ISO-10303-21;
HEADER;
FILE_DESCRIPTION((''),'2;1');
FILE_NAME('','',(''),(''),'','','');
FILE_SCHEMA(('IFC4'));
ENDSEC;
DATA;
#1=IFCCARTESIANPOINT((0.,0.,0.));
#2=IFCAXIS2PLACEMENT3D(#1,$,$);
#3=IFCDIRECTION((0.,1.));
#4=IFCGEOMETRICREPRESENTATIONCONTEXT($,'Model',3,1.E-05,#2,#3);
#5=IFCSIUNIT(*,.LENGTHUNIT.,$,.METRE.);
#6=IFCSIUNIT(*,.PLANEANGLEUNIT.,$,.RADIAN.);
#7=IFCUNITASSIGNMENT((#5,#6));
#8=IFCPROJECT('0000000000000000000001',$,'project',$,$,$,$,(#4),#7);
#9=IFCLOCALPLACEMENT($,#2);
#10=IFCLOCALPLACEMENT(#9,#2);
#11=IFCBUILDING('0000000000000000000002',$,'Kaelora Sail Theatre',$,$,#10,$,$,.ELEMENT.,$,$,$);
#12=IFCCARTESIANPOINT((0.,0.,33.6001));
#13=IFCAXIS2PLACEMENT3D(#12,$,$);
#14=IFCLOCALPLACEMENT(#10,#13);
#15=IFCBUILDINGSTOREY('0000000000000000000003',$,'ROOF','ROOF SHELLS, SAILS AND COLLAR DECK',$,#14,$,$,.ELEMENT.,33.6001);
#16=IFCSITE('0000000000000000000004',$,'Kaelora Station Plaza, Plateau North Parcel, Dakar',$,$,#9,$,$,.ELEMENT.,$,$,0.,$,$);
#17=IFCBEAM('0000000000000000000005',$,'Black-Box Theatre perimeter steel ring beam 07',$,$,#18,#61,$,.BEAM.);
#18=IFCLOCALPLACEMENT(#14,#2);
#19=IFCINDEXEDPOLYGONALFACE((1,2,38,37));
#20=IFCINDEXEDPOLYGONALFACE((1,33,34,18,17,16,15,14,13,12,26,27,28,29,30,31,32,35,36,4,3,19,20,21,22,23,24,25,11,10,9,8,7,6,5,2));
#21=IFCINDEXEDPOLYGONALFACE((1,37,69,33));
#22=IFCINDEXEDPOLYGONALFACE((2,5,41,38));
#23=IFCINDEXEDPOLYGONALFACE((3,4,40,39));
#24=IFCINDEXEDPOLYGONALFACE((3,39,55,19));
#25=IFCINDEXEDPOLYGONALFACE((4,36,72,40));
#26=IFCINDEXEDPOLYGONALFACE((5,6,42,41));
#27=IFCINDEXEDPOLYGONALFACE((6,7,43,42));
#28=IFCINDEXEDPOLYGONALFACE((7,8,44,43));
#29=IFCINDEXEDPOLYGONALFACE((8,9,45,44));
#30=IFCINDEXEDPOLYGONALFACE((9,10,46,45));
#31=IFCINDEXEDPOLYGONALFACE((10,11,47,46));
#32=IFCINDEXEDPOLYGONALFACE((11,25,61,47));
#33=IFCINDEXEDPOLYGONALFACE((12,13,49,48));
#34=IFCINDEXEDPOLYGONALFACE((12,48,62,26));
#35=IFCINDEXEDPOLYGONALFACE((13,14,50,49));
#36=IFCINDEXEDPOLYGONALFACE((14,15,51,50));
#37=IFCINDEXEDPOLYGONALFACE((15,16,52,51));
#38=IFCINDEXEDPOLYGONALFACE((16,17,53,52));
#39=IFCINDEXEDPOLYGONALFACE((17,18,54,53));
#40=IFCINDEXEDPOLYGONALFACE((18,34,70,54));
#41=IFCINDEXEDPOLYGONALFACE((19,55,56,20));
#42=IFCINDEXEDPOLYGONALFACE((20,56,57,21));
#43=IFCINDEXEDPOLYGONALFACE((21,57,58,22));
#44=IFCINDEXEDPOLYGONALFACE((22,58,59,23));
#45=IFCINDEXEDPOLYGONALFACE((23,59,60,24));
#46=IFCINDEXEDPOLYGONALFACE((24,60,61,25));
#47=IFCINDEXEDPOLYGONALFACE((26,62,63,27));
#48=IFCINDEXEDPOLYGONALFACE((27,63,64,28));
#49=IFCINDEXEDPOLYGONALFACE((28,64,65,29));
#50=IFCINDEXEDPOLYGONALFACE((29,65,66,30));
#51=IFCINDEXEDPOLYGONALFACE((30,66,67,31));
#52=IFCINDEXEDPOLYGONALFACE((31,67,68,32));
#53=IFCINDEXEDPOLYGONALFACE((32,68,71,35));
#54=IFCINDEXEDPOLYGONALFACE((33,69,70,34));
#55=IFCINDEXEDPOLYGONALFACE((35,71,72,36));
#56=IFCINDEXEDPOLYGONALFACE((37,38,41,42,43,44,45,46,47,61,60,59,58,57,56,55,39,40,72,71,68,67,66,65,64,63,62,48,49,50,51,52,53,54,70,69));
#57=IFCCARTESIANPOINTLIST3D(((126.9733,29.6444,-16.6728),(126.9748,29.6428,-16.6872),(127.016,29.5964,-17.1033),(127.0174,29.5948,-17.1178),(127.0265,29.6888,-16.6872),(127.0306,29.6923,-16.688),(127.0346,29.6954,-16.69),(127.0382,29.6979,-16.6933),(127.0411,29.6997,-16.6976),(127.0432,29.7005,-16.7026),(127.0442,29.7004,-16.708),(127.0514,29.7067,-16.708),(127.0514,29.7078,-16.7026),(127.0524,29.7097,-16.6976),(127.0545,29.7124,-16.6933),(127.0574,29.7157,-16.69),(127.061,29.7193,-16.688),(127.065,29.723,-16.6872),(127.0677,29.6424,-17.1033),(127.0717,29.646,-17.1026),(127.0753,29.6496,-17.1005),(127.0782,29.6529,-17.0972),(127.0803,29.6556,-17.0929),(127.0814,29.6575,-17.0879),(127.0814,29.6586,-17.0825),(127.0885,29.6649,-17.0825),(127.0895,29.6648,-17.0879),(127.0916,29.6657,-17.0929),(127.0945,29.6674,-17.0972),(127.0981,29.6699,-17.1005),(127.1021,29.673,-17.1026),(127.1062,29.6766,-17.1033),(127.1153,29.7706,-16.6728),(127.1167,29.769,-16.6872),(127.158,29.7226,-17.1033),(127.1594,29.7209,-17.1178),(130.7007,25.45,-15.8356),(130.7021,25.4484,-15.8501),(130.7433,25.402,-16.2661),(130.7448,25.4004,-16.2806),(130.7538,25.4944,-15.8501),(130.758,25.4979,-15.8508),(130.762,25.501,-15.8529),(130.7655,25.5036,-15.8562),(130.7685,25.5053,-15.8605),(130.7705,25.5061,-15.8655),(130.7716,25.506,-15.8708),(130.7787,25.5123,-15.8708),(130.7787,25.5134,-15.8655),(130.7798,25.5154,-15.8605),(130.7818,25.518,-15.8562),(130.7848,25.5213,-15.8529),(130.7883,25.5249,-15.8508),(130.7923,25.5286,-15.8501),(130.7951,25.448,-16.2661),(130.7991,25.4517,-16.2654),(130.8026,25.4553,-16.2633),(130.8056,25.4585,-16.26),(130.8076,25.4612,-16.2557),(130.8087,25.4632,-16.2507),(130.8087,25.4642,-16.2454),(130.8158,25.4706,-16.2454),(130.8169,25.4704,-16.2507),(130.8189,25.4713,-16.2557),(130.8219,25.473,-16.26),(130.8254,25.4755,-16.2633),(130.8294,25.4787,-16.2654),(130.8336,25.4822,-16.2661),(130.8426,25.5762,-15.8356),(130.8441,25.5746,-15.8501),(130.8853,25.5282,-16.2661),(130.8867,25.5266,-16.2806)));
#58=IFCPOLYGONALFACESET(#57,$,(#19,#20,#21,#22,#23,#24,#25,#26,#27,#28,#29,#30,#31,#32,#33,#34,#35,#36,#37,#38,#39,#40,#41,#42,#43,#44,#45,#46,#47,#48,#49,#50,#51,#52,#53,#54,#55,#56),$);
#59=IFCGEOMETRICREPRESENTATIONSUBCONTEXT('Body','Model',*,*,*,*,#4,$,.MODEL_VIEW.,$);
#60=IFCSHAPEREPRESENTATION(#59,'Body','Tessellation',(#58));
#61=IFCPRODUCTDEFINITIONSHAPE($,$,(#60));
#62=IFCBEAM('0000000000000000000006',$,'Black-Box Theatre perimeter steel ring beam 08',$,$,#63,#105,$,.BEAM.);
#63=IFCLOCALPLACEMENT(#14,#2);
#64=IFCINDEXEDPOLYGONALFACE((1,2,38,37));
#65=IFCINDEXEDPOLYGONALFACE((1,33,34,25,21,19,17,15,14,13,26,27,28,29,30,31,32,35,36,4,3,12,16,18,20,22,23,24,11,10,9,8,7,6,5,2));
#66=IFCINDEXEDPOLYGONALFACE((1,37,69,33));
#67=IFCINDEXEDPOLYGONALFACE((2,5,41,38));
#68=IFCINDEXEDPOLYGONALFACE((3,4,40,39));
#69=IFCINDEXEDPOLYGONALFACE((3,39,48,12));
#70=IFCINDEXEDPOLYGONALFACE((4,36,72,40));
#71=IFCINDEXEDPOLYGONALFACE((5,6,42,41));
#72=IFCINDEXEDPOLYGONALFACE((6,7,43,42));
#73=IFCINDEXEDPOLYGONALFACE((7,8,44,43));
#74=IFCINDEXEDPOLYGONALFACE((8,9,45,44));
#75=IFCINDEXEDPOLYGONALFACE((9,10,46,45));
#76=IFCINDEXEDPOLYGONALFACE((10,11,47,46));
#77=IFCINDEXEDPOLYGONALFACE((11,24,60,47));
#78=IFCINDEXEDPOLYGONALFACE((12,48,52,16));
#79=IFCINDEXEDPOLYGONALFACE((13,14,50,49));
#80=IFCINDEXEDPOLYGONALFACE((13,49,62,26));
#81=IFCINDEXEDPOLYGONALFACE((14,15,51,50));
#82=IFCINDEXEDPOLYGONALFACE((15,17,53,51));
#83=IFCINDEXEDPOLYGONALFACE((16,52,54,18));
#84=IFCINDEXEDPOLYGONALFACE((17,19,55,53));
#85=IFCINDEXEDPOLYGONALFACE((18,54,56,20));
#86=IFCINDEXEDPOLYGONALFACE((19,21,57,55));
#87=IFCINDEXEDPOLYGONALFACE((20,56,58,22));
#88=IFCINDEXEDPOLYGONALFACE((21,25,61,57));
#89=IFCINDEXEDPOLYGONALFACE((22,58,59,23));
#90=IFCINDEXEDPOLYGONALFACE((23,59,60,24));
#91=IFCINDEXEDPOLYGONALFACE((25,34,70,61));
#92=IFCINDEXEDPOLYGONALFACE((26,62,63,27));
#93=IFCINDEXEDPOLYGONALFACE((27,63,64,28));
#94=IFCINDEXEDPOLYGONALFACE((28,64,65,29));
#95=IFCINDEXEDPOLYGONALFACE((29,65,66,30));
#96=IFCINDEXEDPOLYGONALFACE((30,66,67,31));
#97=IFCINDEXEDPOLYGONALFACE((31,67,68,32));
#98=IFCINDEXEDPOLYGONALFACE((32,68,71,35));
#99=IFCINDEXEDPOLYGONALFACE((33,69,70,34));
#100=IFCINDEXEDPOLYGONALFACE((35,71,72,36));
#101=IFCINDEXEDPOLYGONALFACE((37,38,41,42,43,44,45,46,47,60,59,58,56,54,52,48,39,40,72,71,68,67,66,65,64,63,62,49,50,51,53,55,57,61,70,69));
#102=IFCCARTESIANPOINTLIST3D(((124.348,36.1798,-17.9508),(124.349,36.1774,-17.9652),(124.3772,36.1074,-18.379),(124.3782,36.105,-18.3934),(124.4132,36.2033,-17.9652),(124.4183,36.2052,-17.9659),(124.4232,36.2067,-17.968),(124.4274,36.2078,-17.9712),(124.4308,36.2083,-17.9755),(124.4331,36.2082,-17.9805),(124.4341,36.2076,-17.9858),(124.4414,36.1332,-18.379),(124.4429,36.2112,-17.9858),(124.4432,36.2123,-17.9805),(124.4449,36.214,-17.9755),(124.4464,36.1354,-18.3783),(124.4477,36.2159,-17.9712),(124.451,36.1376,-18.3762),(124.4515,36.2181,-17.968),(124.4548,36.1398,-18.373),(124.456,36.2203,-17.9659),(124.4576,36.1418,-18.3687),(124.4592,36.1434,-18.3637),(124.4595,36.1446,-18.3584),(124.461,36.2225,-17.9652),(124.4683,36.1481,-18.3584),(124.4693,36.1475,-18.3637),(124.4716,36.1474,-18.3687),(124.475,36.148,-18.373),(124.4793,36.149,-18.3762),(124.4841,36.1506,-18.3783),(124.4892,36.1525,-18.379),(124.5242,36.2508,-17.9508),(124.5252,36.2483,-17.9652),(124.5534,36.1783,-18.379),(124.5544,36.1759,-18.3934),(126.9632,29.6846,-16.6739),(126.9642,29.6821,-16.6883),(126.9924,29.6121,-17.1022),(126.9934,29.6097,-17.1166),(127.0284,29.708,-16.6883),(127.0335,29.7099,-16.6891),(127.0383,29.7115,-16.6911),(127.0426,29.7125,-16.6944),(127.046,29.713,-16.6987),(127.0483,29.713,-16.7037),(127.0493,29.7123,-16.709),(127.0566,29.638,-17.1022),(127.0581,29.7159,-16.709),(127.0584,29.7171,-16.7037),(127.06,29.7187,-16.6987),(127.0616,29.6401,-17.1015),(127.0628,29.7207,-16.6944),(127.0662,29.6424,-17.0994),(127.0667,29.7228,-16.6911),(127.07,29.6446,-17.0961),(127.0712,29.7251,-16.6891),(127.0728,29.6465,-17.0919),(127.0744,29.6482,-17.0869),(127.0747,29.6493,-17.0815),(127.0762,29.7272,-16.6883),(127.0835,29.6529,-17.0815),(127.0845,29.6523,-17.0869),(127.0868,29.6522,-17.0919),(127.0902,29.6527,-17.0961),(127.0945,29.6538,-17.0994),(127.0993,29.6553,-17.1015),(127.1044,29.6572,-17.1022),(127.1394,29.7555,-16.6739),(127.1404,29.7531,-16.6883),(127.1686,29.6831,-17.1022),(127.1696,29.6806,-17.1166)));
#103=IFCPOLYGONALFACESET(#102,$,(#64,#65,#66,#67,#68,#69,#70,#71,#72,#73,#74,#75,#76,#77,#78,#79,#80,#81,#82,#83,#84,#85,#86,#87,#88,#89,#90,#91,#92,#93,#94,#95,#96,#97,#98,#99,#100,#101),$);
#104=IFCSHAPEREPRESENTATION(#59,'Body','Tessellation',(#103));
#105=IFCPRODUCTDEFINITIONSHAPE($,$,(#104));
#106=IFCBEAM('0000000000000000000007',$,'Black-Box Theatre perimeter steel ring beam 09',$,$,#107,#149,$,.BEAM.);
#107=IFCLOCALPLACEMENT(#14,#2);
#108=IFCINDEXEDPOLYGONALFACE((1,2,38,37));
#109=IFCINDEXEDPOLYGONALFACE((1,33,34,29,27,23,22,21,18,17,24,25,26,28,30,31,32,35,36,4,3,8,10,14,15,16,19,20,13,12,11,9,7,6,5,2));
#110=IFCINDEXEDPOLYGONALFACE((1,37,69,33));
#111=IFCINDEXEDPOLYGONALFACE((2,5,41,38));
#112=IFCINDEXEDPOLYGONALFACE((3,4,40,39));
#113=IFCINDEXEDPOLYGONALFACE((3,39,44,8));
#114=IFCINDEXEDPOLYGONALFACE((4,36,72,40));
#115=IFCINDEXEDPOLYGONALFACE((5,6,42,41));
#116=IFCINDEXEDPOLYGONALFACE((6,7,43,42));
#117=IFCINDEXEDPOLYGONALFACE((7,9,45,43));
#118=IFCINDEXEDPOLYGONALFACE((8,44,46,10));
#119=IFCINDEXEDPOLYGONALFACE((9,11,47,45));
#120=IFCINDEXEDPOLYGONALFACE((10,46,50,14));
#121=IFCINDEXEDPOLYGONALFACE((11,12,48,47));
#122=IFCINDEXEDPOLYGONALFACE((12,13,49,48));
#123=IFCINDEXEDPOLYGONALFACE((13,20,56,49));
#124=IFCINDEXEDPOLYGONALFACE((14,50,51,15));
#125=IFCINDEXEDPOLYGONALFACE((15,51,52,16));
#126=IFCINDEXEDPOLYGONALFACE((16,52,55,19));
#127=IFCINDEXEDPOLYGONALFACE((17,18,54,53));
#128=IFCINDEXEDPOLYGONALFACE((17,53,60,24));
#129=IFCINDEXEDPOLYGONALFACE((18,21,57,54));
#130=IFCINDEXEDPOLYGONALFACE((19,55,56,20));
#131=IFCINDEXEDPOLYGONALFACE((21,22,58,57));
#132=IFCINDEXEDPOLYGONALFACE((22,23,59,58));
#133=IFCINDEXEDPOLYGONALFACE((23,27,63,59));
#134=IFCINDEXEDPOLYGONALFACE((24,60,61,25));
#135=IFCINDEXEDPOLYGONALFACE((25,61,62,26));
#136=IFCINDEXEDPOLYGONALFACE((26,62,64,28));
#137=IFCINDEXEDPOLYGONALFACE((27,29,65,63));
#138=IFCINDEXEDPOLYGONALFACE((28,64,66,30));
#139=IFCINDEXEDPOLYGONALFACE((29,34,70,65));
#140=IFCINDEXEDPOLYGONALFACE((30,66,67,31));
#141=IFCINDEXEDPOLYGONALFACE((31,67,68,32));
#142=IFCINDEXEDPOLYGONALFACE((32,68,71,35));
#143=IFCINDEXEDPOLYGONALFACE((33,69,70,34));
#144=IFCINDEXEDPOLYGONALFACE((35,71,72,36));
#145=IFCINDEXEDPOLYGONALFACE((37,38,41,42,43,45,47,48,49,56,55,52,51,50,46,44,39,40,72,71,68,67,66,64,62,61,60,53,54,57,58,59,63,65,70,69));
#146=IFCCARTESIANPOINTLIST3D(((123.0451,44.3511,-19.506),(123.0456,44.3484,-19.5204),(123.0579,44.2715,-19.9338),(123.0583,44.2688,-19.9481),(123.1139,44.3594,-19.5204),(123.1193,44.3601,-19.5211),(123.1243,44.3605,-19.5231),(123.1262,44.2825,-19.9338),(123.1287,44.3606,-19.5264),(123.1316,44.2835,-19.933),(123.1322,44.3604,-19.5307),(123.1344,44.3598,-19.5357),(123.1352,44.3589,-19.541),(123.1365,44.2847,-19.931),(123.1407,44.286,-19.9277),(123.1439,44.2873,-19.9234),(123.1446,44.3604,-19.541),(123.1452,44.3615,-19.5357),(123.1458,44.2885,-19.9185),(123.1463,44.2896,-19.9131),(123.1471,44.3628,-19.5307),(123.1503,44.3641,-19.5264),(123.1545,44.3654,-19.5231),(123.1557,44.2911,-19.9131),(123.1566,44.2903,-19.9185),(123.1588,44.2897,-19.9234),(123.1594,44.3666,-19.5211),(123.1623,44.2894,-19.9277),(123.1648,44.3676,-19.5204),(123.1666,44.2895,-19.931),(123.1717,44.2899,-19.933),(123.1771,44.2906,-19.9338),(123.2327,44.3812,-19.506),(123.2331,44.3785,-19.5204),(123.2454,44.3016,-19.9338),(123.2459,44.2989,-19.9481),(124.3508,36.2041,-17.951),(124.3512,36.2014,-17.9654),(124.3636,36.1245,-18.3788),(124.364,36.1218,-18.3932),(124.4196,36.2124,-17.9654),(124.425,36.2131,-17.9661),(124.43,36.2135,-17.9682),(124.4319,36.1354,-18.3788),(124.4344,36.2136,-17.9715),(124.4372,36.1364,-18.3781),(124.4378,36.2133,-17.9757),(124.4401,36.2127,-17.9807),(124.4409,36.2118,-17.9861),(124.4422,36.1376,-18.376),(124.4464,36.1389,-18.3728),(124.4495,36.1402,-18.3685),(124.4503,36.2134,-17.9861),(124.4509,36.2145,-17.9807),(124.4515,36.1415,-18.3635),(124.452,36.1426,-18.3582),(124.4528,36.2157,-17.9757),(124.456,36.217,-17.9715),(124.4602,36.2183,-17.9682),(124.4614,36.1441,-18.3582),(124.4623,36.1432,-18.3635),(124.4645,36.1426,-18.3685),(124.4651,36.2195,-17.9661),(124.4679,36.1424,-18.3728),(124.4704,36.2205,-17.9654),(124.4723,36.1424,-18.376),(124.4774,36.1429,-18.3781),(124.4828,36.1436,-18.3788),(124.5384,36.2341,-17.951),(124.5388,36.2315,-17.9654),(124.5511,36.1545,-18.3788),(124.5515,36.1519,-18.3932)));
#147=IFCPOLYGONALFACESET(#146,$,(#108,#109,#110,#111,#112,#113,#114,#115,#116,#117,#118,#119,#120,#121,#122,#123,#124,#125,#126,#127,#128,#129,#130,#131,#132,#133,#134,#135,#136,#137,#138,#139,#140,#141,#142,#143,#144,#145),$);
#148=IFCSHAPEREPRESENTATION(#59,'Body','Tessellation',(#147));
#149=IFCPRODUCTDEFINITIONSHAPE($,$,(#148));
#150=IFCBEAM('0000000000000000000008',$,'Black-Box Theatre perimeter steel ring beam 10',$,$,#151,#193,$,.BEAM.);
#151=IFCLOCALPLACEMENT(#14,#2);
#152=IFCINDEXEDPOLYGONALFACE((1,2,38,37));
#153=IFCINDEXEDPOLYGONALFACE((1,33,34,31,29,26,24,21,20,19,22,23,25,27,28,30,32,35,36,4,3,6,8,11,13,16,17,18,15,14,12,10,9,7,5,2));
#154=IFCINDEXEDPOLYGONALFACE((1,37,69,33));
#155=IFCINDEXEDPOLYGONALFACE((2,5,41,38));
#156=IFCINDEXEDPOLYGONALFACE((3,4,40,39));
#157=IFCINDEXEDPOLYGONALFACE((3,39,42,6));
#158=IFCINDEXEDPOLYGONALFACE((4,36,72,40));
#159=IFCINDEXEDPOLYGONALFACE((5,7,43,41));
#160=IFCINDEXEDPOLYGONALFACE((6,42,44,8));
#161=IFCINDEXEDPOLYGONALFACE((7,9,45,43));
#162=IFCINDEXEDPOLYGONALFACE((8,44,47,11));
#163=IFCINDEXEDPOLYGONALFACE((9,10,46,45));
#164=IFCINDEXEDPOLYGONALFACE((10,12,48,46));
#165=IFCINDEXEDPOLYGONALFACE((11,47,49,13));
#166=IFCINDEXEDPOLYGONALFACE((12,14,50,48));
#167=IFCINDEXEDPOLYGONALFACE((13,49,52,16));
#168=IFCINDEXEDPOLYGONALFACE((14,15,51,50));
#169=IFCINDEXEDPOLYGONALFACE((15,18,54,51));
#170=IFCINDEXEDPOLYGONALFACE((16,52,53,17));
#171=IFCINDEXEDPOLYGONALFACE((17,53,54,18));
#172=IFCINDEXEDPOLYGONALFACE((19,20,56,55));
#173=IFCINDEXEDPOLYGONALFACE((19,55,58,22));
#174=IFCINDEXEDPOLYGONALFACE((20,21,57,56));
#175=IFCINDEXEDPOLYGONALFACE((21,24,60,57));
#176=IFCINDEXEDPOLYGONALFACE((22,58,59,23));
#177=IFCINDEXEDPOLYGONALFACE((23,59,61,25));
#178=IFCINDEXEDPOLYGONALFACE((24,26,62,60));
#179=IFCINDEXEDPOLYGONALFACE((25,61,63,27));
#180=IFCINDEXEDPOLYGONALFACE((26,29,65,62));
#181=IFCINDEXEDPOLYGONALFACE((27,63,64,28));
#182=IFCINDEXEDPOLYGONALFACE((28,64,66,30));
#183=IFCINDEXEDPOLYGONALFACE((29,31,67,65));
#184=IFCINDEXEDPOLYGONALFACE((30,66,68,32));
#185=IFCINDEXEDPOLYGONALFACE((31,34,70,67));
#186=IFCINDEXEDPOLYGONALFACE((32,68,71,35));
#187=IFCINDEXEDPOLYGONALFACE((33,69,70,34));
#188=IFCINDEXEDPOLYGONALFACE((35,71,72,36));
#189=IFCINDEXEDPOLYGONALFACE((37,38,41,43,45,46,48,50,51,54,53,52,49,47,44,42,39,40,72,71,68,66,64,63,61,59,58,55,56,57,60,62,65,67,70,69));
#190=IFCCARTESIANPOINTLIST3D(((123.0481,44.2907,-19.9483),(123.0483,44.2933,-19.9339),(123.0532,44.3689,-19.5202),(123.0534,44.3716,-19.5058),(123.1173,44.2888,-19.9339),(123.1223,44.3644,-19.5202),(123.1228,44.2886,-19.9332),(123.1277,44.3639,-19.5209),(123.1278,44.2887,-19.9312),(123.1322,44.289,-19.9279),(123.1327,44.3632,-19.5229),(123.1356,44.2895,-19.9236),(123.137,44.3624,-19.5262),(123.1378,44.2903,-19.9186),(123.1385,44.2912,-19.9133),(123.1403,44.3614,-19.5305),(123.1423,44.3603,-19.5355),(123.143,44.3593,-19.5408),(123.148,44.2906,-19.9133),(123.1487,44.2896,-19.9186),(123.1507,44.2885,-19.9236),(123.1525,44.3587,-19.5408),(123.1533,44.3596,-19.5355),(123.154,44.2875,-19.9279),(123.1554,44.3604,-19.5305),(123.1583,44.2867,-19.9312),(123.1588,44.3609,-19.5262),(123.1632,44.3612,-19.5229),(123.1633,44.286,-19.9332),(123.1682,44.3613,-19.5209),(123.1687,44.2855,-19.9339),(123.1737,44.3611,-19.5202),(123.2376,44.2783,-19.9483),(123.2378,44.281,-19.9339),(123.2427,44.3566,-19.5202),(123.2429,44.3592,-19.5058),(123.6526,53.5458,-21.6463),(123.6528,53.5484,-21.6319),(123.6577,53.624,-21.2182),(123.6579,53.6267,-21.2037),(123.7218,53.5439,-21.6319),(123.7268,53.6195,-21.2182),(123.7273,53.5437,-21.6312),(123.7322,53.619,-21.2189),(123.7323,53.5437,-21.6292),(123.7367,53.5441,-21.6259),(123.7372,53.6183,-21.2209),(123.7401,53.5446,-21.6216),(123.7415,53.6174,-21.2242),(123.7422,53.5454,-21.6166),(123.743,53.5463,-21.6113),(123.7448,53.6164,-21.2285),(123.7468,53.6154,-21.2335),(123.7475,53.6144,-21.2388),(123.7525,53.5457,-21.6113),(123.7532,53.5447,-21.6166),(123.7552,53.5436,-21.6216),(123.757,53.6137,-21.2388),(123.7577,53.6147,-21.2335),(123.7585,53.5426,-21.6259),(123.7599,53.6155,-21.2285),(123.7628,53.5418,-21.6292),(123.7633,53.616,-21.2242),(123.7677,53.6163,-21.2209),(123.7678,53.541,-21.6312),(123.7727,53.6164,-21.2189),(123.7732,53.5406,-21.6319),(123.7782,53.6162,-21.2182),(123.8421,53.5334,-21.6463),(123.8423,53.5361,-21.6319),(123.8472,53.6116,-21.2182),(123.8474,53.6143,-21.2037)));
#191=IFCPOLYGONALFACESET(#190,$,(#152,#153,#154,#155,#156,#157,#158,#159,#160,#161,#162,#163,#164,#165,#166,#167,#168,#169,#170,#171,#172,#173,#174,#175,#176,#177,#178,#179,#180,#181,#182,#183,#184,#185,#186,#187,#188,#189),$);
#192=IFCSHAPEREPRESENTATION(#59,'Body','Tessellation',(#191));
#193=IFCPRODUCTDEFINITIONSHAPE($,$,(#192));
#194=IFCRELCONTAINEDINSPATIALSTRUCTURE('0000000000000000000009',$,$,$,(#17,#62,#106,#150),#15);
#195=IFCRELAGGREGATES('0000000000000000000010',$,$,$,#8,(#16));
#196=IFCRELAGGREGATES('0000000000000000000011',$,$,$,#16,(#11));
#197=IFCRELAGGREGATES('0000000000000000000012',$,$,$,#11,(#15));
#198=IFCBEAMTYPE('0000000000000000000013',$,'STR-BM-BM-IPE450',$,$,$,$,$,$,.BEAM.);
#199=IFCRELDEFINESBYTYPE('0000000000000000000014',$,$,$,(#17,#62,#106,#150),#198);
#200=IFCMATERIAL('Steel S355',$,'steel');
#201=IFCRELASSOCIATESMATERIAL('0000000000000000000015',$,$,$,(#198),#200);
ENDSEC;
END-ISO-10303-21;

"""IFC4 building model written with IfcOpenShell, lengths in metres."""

from ifc_helpers import new_model, si_unit, direction, frame, origin, origin_2d, place, context, subcontext, project, spatial, i_section, extrude, material, material_profile, profile_set, type_object, element, save


model = new_model("IFC4")

# Units and contexts
model_context = context("Model", 3, precision=1e-05, world=origin(), true_north=direction((0.0, 1.0)))
body_context = subcontext(model_context, "Body", "Model", "MODEL_VIEW")
ifc_project = project(units=[si_unit("LENGTHUNIT", "METRE"), si_unit("PLANEANGLEUNIT", "RADIAN")], contexts=[model_context])

# Site, building, storey
site_placement = place(None, origin())
site = spatial("IfcSite", under=ifc_project, at=site_placement, Name="Kaelora Station Plaza, Plateau North Parcel, Dakar", CompositionType="ELEMENT", RefElevation=0.0)
building_placement = place(site_placement, origin())
building = spatial("IfcBuilding", under=site, at=building_placement, Name="Kaelora Sail Theatre", CompositionType="ELEMENT")
storey_placement = place(building_placement, frame((0.0, 0.0, 33.6001)))
storey = spatial("IfcBuildingStorey", under=building, at=storey_placement, Name="ROOF", Description="ROOF SHELLS, SAILS AND COLLAR DECK", CompositionType="ELEMENT", Elevation=33.6001)

# Beams
ifc_material_1 = material(Name="Steel S355", Category="steel")
ifc_material_profile_1 = material_profile(ifc_material_1, i_section(OverallWidth=0.1899, OverallDepth=0.45, WebThickness=0.0095, FlangeThickness=0.0146, FilletRadius=0.021, at=origin_2d()), Name="IPE 450")
ifc_profile_set_1 = profile_set([ifc_material_profile_1], Name="Steel S355")
beam_type_1 = type_object("IfcBeamType", Name="STR-BM-BM-IPE450", PredefinedType="BEAM", material=ifc_profile_set_1)
beam_1_placement = place(storey_placement, frame((130.7937, 25.4883, -16.0581), z_axis=(-0.656992, 0.739315, -0.147562), x_axis=(-0.747498, -0.664264, 0.0)))
element("IfcBeam", 1, at=beam_1_placement, inside=storey, type_object=beam_type_1, Name="Black-Box Theatre perimeter steel ring beam 07", PredefinedType="BEAM", context=body_context, shape_type="SweptSolid", body=[
    extrude(i_section(OverallWidth=0.1899, OverallDepth=0.45, WebThickness=0.0095, FlangeThickness=0.0146, FilletRadius=0.021, at=origin_2d()), origin(), (0.0, 0.0, 1.0), 5.6733),
])
beam_2_placement = place(storey_placement, frame((127.0664, 29.6826, -16.8953), z_axis=(-0.367435, 0.912584, -0.179395), x_axis=(-0.927633, -0.373494, 0.0)))
element("IfcBeam", 2, at=beam_2_placement, inside=storey, type_object=beam_type_1, Name="Black-Box Theatre perimeter steel ring beam 08", PredefinedType="BEAM", context=body_context, shape_type="SweptSolid", body=[
    extrude(i_section(OverallWidth=0.1899, OverallDepth=0.45, WebThickness=0.0095, FlangeThickness=0.0146, FilletRadius=0.021, at=origin_2d()), origin(), (0.0, 0.0, 1.0), 7.1174),
])
beam_3_placement = place(storey_placement, frame((124.4512, 36.178, -18.1721), z_axis=(-0.155507, 0.97032, -0.185195), x_axis=(-0.9874, -0.158244, 0.0)))
element("IfcBeam", 3, at=beam_3_placement, inside=storey, type_object=beam_type_1, Name="Black-Box Theatre perimeter steel ring beam 09", PredefinedType="BEAM", context=body_context, shape_type="SweptSolid", body=[
    extrude(i_section(OverallWidth=0.1899, OverallDepth=0.45, WebThickness=0.0095, FlangeThickness=0.0146, FilletRadius=0.021, at=origin_2d()), origin(), (0.0, 0.0, 1.0), 8.3962),
])
beam_4_placement = place(storey_placement, frame((123.1455, 44.325, -19.7271), z_axis=(0.06411, 0.98156, -0.180083), x_axis=(-0.997874, 0.065175, 0.0)))
element("IfcBeam", 4, at=beam_4_placement, inside=storey, type_object=beam_type_1, Name="Black-Box Theatre perimeter steel ring beam 10", PredefinedType="BEAM", context=body_context, shape_type="SweptSolid", body=[
    extrude(i_section(OverallWidth=0.1899, OverallDepth=0.45, WebThickness=0.0095, FlangeThickness=0.0146, FilletRadius=0.021, at=origin_2d()), origin(), (0.0, 0.0, 1.0), 9.429),
])

save(model, "model.ifc")
